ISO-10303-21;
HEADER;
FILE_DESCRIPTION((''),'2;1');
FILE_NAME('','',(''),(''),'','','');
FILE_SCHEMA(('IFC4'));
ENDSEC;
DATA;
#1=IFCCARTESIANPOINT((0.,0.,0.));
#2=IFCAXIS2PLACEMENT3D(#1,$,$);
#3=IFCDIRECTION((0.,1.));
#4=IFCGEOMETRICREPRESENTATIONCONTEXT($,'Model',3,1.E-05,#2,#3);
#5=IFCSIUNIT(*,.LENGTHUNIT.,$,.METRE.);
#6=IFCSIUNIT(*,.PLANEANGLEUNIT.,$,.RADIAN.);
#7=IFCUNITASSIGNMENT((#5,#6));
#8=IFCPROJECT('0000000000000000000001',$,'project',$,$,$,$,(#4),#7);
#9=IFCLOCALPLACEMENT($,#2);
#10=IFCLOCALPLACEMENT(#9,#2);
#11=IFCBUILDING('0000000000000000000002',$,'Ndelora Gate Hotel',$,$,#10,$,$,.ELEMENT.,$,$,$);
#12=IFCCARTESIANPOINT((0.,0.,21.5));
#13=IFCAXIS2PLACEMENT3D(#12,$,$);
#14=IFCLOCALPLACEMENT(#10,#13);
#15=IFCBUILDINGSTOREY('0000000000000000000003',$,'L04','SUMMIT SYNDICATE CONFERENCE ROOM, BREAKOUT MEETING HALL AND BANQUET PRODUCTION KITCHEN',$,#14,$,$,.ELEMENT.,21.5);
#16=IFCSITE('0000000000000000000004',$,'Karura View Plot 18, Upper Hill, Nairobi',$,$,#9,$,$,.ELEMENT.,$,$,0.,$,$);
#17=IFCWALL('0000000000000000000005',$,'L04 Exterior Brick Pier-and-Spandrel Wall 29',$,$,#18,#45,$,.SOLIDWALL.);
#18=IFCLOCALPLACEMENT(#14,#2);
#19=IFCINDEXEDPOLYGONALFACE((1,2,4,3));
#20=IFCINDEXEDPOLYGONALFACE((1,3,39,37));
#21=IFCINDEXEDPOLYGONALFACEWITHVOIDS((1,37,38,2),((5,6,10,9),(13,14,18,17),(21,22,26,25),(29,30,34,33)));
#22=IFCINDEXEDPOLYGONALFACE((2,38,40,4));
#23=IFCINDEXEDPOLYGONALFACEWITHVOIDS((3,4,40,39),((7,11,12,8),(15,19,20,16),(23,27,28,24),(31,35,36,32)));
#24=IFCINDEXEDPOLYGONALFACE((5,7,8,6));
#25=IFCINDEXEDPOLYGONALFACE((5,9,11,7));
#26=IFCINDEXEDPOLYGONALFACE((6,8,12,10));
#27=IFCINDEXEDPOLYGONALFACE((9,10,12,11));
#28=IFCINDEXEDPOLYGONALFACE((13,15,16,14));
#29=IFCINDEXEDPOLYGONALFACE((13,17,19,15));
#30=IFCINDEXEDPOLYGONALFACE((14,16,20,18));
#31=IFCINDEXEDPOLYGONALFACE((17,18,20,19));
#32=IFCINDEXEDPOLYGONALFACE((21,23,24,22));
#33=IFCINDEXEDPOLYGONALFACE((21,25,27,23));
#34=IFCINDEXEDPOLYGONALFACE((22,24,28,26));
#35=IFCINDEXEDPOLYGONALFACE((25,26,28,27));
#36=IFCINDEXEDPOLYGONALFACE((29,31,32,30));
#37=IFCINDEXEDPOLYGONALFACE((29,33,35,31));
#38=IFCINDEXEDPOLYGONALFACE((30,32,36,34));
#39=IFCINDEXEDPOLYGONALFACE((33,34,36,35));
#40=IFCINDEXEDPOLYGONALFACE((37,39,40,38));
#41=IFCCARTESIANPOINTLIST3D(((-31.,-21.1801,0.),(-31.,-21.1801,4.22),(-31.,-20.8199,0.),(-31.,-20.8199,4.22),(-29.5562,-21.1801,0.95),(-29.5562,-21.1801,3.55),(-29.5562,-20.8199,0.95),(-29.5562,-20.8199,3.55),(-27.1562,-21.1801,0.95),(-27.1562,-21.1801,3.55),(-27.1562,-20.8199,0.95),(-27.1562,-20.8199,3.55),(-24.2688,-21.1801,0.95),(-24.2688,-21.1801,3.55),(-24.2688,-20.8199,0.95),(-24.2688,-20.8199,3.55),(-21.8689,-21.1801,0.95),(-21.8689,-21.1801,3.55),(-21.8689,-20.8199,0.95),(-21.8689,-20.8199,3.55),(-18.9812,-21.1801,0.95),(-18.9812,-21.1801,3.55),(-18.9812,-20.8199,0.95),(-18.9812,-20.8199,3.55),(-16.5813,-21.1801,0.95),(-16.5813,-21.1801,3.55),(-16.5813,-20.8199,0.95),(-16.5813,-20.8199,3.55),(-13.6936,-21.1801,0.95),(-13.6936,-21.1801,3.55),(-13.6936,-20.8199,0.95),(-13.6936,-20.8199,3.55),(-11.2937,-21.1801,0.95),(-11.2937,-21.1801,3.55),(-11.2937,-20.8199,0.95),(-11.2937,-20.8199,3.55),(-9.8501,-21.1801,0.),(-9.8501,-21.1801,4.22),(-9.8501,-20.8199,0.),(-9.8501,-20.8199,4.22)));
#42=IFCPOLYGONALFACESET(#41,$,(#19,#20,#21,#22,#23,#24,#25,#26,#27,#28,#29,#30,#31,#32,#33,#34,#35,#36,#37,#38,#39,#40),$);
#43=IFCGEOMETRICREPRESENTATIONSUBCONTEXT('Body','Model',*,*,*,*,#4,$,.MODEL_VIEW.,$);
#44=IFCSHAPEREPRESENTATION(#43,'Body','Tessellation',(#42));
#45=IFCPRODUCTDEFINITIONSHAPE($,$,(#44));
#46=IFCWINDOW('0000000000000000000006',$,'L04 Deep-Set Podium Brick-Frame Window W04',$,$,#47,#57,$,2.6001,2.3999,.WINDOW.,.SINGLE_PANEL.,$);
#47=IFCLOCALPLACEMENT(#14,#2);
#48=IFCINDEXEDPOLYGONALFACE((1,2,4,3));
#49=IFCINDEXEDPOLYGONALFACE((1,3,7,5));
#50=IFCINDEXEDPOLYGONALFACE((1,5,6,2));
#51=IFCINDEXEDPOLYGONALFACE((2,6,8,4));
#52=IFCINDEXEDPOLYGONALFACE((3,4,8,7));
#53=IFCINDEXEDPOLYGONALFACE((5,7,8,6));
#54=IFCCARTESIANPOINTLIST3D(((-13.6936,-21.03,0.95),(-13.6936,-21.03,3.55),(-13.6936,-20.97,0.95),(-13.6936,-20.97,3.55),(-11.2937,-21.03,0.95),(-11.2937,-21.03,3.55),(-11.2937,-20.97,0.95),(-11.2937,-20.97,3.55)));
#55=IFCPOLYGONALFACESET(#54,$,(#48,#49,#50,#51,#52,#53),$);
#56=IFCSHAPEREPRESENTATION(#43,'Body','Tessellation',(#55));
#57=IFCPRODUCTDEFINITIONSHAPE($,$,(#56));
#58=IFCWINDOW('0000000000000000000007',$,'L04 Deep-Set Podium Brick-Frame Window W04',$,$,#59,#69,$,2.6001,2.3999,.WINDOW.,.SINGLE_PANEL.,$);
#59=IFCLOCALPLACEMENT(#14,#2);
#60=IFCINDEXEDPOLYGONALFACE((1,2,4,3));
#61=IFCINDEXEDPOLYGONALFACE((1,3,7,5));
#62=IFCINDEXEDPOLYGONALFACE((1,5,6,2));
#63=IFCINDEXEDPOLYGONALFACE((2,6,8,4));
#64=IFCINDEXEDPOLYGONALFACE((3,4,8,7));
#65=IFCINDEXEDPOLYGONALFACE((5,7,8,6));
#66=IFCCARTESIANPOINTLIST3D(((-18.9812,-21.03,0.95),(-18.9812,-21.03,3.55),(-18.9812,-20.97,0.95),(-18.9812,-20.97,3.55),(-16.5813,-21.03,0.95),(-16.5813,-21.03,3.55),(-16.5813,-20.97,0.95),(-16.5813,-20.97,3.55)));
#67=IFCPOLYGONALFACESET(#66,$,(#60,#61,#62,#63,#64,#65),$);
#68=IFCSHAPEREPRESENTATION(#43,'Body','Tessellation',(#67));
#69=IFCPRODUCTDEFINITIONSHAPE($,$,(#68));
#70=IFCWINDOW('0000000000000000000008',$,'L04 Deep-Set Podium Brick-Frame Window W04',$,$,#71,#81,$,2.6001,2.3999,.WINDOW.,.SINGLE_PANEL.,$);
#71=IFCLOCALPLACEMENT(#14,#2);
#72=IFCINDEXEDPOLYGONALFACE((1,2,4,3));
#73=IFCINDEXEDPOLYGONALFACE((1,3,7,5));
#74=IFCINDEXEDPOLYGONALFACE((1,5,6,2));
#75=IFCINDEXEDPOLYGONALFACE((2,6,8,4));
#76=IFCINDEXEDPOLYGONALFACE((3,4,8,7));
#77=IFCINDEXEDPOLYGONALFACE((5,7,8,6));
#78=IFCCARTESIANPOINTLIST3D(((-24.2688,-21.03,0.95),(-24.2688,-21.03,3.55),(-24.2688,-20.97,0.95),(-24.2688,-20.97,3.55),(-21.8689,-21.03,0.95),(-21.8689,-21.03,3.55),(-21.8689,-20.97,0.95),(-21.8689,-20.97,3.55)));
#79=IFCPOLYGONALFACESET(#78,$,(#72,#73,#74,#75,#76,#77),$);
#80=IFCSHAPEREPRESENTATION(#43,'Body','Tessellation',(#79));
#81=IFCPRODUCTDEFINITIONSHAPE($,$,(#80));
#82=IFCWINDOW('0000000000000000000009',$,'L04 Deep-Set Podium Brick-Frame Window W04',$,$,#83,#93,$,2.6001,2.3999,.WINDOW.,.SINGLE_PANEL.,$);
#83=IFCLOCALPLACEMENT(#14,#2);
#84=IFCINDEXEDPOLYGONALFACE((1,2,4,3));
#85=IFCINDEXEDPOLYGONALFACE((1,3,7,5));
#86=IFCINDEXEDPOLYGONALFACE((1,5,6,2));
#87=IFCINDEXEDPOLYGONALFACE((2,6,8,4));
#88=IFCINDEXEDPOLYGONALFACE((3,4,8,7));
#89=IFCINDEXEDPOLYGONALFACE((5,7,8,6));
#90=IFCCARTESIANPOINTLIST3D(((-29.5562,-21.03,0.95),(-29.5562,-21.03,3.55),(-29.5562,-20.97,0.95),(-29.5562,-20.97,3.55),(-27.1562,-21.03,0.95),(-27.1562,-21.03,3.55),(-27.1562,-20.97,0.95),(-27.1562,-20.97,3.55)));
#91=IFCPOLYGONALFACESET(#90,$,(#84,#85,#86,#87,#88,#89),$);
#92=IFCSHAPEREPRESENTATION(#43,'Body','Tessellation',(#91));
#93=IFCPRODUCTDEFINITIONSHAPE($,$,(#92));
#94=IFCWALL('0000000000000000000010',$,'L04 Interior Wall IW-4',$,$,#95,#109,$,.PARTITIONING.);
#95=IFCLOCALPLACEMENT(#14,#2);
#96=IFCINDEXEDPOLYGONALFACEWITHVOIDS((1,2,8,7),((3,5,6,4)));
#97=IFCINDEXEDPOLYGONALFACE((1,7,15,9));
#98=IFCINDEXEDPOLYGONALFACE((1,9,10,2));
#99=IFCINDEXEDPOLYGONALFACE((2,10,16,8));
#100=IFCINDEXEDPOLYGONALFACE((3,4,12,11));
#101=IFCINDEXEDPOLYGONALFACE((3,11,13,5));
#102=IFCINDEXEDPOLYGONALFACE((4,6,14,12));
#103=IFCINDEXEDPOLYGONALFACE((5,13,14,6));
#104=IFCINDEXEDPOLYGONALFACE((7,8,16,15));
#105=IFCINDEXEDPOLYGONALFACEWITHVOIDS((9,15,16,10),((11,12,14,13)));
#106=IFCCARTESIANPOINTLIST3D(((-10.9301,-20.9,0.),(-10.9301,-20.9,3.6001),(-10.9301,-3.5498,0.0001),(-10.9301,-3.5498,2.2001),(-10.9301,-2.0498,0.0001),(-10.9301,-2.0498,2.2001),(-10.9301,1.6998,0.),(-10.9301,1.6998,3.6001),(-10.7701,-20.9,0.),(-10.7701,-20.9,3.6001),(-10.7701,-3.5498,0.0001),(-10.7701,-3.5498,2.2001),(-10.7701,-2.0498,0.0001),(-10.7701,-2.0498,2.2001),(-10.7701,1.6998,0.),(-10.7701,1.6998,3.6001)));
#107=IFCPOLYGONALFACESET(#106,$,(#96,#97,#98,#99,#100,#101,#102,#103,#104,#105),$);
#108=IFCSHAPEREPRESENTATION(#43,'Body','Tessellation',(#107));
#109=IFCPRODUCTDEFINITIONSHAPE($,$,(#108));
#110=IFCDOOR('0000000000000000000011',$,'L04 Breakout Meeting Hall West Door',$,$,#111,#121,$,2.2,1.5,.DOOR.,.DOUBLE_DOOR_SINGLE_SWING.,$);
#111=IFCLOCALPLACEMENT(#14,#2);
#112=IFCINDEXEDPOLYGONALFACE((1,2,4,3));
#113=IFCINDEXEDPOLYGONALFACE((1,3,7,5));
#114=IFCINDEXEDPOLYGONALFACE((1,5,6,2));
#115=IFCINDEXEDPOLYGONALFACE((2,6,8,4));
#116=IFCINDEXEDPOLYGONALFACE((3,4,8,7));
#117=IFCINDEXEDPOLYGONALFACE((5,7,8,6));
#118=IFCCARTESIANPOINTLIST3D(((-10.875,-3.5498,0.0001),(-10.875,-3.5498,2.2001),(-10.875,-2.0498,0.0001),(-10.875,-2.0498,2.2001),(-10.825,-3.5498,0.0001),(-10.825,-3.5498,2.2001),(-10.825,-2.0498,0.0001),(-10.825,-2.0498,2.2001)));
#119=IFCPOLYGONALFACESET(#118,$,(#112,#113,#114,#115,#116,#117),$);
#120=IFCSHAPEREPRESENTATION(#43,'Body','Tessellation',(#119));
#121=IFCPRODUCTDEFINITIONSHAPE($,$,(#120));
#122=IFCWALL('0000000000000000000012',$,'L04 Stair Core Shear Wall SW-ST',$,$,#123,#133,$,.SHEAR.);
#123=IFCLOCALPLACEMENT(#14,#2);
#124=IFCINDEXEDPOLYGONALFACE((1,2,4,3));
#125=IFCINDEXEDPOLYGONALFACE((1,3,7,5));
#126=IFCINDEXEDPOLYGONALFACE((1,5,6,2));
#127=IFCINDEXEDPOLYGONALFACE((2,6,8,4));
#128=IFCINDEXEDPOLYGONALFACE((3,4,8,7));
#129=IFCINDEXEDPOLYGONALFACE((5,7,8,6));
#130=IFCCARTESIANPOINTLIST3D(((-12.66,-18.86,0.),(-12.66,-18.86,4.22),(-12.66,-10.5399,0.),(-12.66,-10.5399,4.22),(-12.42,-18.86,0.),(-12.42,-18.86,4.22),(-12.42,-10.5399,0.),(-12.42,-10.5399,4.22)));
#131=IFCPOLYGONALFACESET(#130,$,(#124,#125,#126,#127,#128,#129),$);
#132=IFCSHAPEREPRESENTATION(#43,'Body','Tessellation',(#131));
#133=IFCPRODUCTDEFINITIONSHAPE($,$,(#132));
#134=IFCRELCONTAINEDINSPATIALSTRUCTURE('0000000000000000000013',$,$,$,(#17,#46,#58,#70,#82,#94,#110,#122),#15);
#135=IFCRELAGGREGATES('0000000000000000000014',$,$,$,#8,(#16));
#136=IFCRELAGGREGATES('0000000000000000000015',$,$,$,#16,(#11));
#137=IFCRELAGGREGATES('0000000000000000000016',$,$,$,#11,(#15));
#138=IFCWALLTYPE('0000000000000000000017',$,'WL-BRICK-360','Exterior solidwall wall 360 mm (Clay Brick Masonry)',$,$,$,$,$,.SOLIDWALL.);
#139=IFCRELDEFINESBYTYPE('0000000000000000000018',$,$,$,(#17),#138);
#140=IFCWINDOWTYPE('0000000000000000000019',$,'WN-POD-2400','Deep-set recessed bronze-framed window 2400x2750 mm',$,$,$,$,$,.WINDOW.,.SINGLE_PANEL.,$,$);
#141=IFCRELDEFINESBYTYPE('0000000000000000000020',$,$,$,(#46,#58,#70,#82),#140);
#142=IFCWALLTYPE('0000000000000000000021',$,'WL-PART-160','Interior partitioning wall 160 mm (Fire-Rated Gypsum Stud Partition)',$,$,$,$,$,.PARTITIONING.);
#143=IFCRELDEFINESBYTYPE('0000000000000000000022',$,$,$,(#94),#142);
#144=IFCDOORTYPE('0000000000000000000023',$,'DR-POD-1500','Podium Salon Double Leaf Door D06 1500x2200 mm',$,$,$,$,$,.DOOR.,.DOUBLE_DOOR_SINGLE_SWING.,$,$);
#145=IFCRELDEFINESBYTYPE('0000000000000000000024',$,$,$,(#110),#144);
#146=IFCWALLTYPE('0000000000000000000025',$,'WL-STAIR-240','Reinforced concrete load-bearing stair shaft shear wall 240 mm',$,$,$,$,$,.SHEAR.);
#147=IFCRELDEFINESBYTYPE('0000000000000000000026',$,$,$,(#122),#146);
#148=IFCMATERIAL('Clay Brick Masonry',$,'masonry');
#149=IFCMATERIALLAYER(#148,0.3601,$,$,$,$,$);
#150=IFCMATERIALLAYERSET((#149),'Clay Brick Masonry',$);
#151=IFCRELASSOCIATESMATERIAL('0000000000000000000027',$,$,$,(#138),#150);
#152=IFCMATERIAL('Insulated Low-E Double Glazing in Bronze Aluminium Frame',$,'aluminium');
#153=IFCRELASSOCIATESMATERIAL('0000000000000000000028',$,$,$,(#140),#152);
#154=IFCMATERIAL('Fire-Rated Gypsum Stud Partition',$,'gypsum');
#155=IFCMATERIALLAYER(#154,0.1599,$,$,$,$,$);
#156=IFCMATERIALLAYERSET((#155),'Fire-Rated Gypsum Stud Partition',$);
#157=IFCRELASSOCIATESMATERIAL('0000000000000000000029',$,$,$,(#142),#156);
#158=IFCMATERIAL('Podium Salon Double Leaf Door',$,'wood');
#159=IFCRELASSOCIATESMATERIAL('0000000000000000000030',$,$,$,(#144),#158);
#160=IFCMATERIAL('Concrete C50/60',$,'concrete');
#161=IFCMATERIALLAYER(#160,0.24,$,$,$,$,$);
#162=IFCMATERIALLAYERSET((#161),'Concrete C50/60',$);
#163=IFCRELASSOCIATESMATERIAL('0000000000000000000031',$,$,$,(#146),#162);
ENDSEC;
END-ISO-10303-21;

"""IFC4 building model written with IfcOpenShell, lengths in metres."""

from ifc_helpers import new_model, si_unit, direction, frame, frame_2d, origin, place, context, subcontext, project, spatial, rectangle, extrude, material, layer, layer_set, type_object, element, fill, save


model = new_model("IFC4")

# Units and contexts
model_context = context("Model", 3, precision=1e-05, world=origin(), true_north=direction((0.0, 1.0)))
body_context = subcontext(model_context, "Body", "Model", "MODEL_VIEW")
ifc_project = project(units=[si_unit("LENGTHUNIT", "METRE"), si_unit("PLANEANGLEUNIT", "RADIAN")], contexts=[model_context])

# Site, building, storey
site_placement = place(None, origin())
site = spatial("IfcSite", under=ifc_project, at=site_placement, Name="Karura View Plot 18, Upper Hill, Nairobi", CompositionType="ELEMENT", RefElevation=0.0)
building_placement = place(site_placement, origin())
building = spatial("IfcBuilding", under=site, at=building_placement, Name="Ndelora Gate Hotel", CompositionType="ELEMENT")
storey_placement = place(building_placement, frame((0.0, 0.0, 21.5)))
storey = spatial("IfcBuildingStorey", under=building, at=storey_placement, Name="L04", Description="SUMMIT SYNDICATE CONFERENCE ROOM, BREAKOUT MEETING HALL AND BANQUET PRODUCTION KITCHEN", CompositionType="ELEMENT", Elevation=21.5)

# Wall, openings, windows
ifc_material_1 = material(Name="Clay Brick Masonry", Category="masonry")
ifc_layer_1 = layer(ifc_material_1, 0.3601)
ifc_layer_set_1 = layer_set([ifc_layer_1], Name="Clay Brick Masonry")
wall_type_1 = type_object("IfcWallType", Name="WL-BRICK-360", Description="Exterior solidwall wall 360 mm (Clay Brick Masonry)", PredefinedType="SOLIDWALL", material=ifc_layer_set_1)
wall_1_placement = place(storey_placement, frame((-9.8501, -21.0, 0.0), z_axis=(0.0, 0.0, 1.0), x_axis=(-1.0, 0.0, 0.0)))
wall_1 = element("IfcWall", 1, at=wall_1_placement, inside=storey, type_object=wall_type_1, Name="L04 Exterior Brick Pier-and-Spandrel Wall 29", PredefinedType="SOLIDWALL", context=body_context, shape_type="SweptSolid", body=[
    extrude(rectangle(XDim=21.1499, YDim=0.3601, at=frame_2d((10.575, 0.0))), origin(), (0.0, 0.0, 1.0), 4.22),
])
opening_1_placement = place(wall_1_placement, frame((1.4436, 0.0, 0.95)))
opening_1 = element("IfcOpeningElement", 2, at=opening_1_placement, cuts=wall_1, PredefinedType="OPENING", context=body_context, shape_type="SweptSolid", body=[
    extrude(rectangle(XDim=2.3999, YDim=2.6001, at=frame_2d((1.2, 1.3))), frame((0.0, 0.1899, 0.0), z_axis=(0.0, -1.0, 0.0), x_axis=(1.0, 0.0, 0.0)), (0.0, 0.0, 1.0), 0.3801),
])
opening_2_placement = place(wall_1_placement, frame((6.7312, 0.0, 0.95)))
opening_2 = element("IfcOpeningElement", 3, at=opening_2_placement, cuts=wall_1, PredefinedType="OPENING", context=body_context, shape_type="SweptSolid", body=[
    extrude(rectangle(XDim=2.3999, YDim=2.6001, at=frame_2d((1.2, 1.3))), frame((0.0, 0.1899, 0.0), z_axis=(0.0, -1.0, 0.0), x_axis=(1.0, 0.0, 0.0)), (0.0, 0.0, 1.0), 0.3801),
])
opening_3_placement = place(wall_1_placement, frame((12.0188, 0.0, 0.95)))
opening_3 = element("IfcOpeningElement", 4, at=opening_3_placement, cuts=wall_1, PredefinedType="OPENING", context=body_context, shape_type="SweptSolid", body=[
    extrude(rectangle(XDim=2.3999, YDim=2.6001, at=frame_2d((1.2, 1.3))), frame((0.0, 0.1899, 0.0), z_axis=(0.0, -1.0, 0.0), x_axis=(1.0, 0.0, 0.0)), (0.0, 0.0, 1.0), 0.3801),
])
opening_4_placement = place(wall_1_placement, frame((17.3062, 0.0, 0.95)))
opening_4 = element("IfcOpeningElement", 5, at=opening_4_placement, cuts=wall_1, PredefinedType="OPENING", context=body_context, shape_type="SweptSolid", body=[
    extrude(rectangle(XDim=2.3999, YDim=2.6001, at=frame_2d((1.2, 1.3))), frame((0.0, 0.1899, 0.0), z_axis=(0.0, -1.0, 0.0), x_axis=(1.0, 0.0, 0.0)), (0.0, 0.0, 1.0), 0.3801),
])
ifc_material_2 = material(Name="Insulated Low-E Double Glazing in Bronze Aluminium Frame", Category="aluminium")
window_type = type_object("IfcWindowType", Name="WN-POD-2400", Description="Deep-set recessed bronze-framed window 2400x2750 mm", PartitioningType="SINGLE_PANEL", PredefinedType="WINDOW", material=ifc_material_2)
window_1_placement = place(opening_1_placement, origin())
window_1 = element("IfcWindow", 6, at=window_1_placement, inside=storey, type_object=window_type, Name="L04 Deep-Set Podium Brick-Frame Window W04", OverallHeight=2.6001, OverallWidth=2.3999, PartitioningType="SINGLE_PANEL", PredefinedType="WINDOW", context=body_context, shape_type="SweptSolid", body=[
    extrude(rectangle(XDim=2.3999, YDim=2.6001, at=frame_2d((1.2, 1.3))), frame((0.0, 0.03, 0.0), z_axis=(0.0, -1.0, 0.0), x_axis=(1.0, 0.0, 0.0)), (0.0, 0.0, 1.0), 0.0601),
])
fill(opening_1, window_1)
window_2_placement = place(opening_2_placement, origin())
window_2 = element("IfcWindow", 7, at=window_2_placement, inside=storey, type_object=window_type, Name="L04 Deep-Set Podium Brick-Frame Window W04", OverallHeight=2.6001, OverallWidth=2.3999, PartitioningType="SINGLE_PANEL", PredefinedType="WINDOW", context=body_context, shape_type="SweptSolid", body=[
    extrude(rectangle(XDim=2.3999, YDim=2.6001, at=frame_2d((1.2, 1.3))), frame((0.0, 0.03, 0.0), z_axis=(0.0, -1.0, 0.0), x_axis=(1.0, 0.0, 0.0)), (0.0, 0.0, 1.0), 0.0601),
])
fill(opening_2, window_2)
window_3_placement = place(opening_3_placement, origin())
window_3 = element("IfcWindow", 8, at=window_3_placement, inside=storey, type_object=window_type, Name="L04 Deep-Set Podium Brick-Frame Window W04", OverallHeight=2.6001, OverallWidth=2.3999, PartitioningType="SINGLE_PANEL", PredefinedType="WINDOW", context=body_context, shape_type="SweptSolid", body=[
    extrude(rectangle(XDim=2.3999, YDim=2.6001, at=frame_2d((1.2, 1.3))), frame((0.0, 0.03, 0.0), z_axis=(0.0, -1.0, 0.0), x_axis=(1.0, 0.0, 0.0)), (0.0, 0.0, 1.0), 0.0601),
])
fill(opening_3, window_3)
window_4_placement = place(opening_4_placement, origin())
window_4 = element("IfcWindow", 9, at=window_4_placement, inside=storey, type_object=window_type, Name="L04 Deep-Set Podium Brick-Frame Window W04", OverallHeight=2.6001, OverallWidth=2.3999, PartitioningType="SINGLE_PANEL", PredefinedType="WINDOW", context=body_context, shape_type="SweptSolid", body=[
    extrude(rectangle(XDim=2.3999, YDim=2.6001, at=frame_2d((1.2, 1.3))), frame((0.0, 0.03, 0.0), z_axis=(0.0, -1.0, 0.0), x_axis=(1.0, 0.0, 0.0)), (0.0, 0.0, 1.0), 0.0601),
])
fill(opening_4, window_4)

# Wall, opening, door
ifc_material_3 = material(Name="Fire-Rated Gypsum Stud Partition", Category="gypsum")
ifc_layer_2 = layer(ifc_material_3, 0.1599)
ifc_layer_set_2 = layer_set([ifc_layer_2], Name="Fire-Rated Gypsum Stud Partition")
wall_type_2 = type_object("IfcWallType", Name="WL-PART-160", Description="Interior partitioning wall 160 mm (Fire-Rated Gypsum Stud Partition)", PredefinedType="PARTITIONING", material=ifc_layer_set_2)
wall_2_placement = place(storey_placement, frame((-10.8501, -20.8999, 0.0), z_axis=(0.0, 0.0, 1.0), x_axis=(0.0, 1.0, 0.0)))
wall_2 = element("IfcWall", 10, at=wall_2_placement, inside=storey, type_object=wall_type_2, Name="L04 Interior Wall IW-4", PredefinedType="PARTITIONING", context=body_context, shape_type="SweptSolid", body=[
    extrude(rectangle(XDim=22.5999, YDim=0.1599, at=frame_2d((11.2998, 0.0))), origin(), (0.0, 0.0, 1.0), 3.6001),
])
opening_5_placement = place(wall_2_placement, frame((17.3501, 0.0, 0.0)))
opening_5 = element("IfcOpeningElement", 11, at=opening_5_placement, cuts=wall_2, PredefinedType="OPENING", context=body_context, shape_type="SweptSolid", body=[
    extrude(rectangle(XDim=1.5, YDim=2.2, at=frame_2d((0.75, 1.1001))), frame((0.0, 0.0898, 0.0), z_axis=(0.0, -1.0, 0.0), x_axis=(1.0, 0.0, 0.0)), (0.0, 0.0, 1.0), 0.1799),
])
ifc_material_4 = material(Name="Podium Salon Double Leaf Door", Category="wood")
door_type = type_object("IfcDoorType", Name="DR-POD-1500", Description="Podium Salon Double Leaf Door D06 1500x2200 mm", OperationType="DOUBLE_DOOR_SINGLE_SWING", PredefinedType="DOOR", material=ifc_material_4)
door_placement = place(opening_5_placement, origin())
door = element("IfcDoor", 12, at=door_placement, inside=storey, type_object=door_type, Name="L04 Breakout Meeting Hall West Door", OperationType="DOUBLE_DOOR_SINGLE_SWING", OverallHeight=2.2, OverallWidth=1.5, PredefinedType="DOOR", context=body_context, shape_type="SweptSolid", body=[
    extrude(rectangle(XDim=1.5, YDim=2.2, at=frame_2d((0.75, 1.1001))), frame((0.0, 0.0249, 0.0), z_axis=(0.0, -1.0, 0.0), x_axis=(1.0, 0.0, 0.0)), (0.0, 0.0, 1.0), 0.05),
])
fill(opening_5, door)

# Wall
ifc_material_5 = material(Name="Concrete C50/60", Category="concrete")
ifc_layer_3 = layer(ifc_material_5, 0.24)
ifc_layer_set_3 = layer_set([ifc_layer_3], Name="Concrete C50/60")
wall_type_3 = type_object("IfcWallType", Name="WL-STAIR-240", Description="Reinforced concrete load-bearing stair shaft shear wall 240 mm", PredefinedType="SHEAR", material=ifc_layer_set_3)
wall_3_placement = place(storey_placement, frame((-12.54, -18.8601, 0.0), z_axis=(0.0, 0.0, 1.0), x_axis=(0.0, 1.0, 0.0)))
element("IfcWall", 13, at=wall_3_placement, inside=storey, type_object=wall_type_3, Name="L04 Stair Core Shear Wall SW-ST", PredefinedType="SHEAR", context=body_context, shape_type="SweptSolid", body=[
    extrude(rectangle(XDim=8.3201, YDim=0.24, at=frame_2d((4.1602, 0.0))), origin(), (0.0, 0.0, 1.0), 4.22),
])

save(model, "model.ifc")
